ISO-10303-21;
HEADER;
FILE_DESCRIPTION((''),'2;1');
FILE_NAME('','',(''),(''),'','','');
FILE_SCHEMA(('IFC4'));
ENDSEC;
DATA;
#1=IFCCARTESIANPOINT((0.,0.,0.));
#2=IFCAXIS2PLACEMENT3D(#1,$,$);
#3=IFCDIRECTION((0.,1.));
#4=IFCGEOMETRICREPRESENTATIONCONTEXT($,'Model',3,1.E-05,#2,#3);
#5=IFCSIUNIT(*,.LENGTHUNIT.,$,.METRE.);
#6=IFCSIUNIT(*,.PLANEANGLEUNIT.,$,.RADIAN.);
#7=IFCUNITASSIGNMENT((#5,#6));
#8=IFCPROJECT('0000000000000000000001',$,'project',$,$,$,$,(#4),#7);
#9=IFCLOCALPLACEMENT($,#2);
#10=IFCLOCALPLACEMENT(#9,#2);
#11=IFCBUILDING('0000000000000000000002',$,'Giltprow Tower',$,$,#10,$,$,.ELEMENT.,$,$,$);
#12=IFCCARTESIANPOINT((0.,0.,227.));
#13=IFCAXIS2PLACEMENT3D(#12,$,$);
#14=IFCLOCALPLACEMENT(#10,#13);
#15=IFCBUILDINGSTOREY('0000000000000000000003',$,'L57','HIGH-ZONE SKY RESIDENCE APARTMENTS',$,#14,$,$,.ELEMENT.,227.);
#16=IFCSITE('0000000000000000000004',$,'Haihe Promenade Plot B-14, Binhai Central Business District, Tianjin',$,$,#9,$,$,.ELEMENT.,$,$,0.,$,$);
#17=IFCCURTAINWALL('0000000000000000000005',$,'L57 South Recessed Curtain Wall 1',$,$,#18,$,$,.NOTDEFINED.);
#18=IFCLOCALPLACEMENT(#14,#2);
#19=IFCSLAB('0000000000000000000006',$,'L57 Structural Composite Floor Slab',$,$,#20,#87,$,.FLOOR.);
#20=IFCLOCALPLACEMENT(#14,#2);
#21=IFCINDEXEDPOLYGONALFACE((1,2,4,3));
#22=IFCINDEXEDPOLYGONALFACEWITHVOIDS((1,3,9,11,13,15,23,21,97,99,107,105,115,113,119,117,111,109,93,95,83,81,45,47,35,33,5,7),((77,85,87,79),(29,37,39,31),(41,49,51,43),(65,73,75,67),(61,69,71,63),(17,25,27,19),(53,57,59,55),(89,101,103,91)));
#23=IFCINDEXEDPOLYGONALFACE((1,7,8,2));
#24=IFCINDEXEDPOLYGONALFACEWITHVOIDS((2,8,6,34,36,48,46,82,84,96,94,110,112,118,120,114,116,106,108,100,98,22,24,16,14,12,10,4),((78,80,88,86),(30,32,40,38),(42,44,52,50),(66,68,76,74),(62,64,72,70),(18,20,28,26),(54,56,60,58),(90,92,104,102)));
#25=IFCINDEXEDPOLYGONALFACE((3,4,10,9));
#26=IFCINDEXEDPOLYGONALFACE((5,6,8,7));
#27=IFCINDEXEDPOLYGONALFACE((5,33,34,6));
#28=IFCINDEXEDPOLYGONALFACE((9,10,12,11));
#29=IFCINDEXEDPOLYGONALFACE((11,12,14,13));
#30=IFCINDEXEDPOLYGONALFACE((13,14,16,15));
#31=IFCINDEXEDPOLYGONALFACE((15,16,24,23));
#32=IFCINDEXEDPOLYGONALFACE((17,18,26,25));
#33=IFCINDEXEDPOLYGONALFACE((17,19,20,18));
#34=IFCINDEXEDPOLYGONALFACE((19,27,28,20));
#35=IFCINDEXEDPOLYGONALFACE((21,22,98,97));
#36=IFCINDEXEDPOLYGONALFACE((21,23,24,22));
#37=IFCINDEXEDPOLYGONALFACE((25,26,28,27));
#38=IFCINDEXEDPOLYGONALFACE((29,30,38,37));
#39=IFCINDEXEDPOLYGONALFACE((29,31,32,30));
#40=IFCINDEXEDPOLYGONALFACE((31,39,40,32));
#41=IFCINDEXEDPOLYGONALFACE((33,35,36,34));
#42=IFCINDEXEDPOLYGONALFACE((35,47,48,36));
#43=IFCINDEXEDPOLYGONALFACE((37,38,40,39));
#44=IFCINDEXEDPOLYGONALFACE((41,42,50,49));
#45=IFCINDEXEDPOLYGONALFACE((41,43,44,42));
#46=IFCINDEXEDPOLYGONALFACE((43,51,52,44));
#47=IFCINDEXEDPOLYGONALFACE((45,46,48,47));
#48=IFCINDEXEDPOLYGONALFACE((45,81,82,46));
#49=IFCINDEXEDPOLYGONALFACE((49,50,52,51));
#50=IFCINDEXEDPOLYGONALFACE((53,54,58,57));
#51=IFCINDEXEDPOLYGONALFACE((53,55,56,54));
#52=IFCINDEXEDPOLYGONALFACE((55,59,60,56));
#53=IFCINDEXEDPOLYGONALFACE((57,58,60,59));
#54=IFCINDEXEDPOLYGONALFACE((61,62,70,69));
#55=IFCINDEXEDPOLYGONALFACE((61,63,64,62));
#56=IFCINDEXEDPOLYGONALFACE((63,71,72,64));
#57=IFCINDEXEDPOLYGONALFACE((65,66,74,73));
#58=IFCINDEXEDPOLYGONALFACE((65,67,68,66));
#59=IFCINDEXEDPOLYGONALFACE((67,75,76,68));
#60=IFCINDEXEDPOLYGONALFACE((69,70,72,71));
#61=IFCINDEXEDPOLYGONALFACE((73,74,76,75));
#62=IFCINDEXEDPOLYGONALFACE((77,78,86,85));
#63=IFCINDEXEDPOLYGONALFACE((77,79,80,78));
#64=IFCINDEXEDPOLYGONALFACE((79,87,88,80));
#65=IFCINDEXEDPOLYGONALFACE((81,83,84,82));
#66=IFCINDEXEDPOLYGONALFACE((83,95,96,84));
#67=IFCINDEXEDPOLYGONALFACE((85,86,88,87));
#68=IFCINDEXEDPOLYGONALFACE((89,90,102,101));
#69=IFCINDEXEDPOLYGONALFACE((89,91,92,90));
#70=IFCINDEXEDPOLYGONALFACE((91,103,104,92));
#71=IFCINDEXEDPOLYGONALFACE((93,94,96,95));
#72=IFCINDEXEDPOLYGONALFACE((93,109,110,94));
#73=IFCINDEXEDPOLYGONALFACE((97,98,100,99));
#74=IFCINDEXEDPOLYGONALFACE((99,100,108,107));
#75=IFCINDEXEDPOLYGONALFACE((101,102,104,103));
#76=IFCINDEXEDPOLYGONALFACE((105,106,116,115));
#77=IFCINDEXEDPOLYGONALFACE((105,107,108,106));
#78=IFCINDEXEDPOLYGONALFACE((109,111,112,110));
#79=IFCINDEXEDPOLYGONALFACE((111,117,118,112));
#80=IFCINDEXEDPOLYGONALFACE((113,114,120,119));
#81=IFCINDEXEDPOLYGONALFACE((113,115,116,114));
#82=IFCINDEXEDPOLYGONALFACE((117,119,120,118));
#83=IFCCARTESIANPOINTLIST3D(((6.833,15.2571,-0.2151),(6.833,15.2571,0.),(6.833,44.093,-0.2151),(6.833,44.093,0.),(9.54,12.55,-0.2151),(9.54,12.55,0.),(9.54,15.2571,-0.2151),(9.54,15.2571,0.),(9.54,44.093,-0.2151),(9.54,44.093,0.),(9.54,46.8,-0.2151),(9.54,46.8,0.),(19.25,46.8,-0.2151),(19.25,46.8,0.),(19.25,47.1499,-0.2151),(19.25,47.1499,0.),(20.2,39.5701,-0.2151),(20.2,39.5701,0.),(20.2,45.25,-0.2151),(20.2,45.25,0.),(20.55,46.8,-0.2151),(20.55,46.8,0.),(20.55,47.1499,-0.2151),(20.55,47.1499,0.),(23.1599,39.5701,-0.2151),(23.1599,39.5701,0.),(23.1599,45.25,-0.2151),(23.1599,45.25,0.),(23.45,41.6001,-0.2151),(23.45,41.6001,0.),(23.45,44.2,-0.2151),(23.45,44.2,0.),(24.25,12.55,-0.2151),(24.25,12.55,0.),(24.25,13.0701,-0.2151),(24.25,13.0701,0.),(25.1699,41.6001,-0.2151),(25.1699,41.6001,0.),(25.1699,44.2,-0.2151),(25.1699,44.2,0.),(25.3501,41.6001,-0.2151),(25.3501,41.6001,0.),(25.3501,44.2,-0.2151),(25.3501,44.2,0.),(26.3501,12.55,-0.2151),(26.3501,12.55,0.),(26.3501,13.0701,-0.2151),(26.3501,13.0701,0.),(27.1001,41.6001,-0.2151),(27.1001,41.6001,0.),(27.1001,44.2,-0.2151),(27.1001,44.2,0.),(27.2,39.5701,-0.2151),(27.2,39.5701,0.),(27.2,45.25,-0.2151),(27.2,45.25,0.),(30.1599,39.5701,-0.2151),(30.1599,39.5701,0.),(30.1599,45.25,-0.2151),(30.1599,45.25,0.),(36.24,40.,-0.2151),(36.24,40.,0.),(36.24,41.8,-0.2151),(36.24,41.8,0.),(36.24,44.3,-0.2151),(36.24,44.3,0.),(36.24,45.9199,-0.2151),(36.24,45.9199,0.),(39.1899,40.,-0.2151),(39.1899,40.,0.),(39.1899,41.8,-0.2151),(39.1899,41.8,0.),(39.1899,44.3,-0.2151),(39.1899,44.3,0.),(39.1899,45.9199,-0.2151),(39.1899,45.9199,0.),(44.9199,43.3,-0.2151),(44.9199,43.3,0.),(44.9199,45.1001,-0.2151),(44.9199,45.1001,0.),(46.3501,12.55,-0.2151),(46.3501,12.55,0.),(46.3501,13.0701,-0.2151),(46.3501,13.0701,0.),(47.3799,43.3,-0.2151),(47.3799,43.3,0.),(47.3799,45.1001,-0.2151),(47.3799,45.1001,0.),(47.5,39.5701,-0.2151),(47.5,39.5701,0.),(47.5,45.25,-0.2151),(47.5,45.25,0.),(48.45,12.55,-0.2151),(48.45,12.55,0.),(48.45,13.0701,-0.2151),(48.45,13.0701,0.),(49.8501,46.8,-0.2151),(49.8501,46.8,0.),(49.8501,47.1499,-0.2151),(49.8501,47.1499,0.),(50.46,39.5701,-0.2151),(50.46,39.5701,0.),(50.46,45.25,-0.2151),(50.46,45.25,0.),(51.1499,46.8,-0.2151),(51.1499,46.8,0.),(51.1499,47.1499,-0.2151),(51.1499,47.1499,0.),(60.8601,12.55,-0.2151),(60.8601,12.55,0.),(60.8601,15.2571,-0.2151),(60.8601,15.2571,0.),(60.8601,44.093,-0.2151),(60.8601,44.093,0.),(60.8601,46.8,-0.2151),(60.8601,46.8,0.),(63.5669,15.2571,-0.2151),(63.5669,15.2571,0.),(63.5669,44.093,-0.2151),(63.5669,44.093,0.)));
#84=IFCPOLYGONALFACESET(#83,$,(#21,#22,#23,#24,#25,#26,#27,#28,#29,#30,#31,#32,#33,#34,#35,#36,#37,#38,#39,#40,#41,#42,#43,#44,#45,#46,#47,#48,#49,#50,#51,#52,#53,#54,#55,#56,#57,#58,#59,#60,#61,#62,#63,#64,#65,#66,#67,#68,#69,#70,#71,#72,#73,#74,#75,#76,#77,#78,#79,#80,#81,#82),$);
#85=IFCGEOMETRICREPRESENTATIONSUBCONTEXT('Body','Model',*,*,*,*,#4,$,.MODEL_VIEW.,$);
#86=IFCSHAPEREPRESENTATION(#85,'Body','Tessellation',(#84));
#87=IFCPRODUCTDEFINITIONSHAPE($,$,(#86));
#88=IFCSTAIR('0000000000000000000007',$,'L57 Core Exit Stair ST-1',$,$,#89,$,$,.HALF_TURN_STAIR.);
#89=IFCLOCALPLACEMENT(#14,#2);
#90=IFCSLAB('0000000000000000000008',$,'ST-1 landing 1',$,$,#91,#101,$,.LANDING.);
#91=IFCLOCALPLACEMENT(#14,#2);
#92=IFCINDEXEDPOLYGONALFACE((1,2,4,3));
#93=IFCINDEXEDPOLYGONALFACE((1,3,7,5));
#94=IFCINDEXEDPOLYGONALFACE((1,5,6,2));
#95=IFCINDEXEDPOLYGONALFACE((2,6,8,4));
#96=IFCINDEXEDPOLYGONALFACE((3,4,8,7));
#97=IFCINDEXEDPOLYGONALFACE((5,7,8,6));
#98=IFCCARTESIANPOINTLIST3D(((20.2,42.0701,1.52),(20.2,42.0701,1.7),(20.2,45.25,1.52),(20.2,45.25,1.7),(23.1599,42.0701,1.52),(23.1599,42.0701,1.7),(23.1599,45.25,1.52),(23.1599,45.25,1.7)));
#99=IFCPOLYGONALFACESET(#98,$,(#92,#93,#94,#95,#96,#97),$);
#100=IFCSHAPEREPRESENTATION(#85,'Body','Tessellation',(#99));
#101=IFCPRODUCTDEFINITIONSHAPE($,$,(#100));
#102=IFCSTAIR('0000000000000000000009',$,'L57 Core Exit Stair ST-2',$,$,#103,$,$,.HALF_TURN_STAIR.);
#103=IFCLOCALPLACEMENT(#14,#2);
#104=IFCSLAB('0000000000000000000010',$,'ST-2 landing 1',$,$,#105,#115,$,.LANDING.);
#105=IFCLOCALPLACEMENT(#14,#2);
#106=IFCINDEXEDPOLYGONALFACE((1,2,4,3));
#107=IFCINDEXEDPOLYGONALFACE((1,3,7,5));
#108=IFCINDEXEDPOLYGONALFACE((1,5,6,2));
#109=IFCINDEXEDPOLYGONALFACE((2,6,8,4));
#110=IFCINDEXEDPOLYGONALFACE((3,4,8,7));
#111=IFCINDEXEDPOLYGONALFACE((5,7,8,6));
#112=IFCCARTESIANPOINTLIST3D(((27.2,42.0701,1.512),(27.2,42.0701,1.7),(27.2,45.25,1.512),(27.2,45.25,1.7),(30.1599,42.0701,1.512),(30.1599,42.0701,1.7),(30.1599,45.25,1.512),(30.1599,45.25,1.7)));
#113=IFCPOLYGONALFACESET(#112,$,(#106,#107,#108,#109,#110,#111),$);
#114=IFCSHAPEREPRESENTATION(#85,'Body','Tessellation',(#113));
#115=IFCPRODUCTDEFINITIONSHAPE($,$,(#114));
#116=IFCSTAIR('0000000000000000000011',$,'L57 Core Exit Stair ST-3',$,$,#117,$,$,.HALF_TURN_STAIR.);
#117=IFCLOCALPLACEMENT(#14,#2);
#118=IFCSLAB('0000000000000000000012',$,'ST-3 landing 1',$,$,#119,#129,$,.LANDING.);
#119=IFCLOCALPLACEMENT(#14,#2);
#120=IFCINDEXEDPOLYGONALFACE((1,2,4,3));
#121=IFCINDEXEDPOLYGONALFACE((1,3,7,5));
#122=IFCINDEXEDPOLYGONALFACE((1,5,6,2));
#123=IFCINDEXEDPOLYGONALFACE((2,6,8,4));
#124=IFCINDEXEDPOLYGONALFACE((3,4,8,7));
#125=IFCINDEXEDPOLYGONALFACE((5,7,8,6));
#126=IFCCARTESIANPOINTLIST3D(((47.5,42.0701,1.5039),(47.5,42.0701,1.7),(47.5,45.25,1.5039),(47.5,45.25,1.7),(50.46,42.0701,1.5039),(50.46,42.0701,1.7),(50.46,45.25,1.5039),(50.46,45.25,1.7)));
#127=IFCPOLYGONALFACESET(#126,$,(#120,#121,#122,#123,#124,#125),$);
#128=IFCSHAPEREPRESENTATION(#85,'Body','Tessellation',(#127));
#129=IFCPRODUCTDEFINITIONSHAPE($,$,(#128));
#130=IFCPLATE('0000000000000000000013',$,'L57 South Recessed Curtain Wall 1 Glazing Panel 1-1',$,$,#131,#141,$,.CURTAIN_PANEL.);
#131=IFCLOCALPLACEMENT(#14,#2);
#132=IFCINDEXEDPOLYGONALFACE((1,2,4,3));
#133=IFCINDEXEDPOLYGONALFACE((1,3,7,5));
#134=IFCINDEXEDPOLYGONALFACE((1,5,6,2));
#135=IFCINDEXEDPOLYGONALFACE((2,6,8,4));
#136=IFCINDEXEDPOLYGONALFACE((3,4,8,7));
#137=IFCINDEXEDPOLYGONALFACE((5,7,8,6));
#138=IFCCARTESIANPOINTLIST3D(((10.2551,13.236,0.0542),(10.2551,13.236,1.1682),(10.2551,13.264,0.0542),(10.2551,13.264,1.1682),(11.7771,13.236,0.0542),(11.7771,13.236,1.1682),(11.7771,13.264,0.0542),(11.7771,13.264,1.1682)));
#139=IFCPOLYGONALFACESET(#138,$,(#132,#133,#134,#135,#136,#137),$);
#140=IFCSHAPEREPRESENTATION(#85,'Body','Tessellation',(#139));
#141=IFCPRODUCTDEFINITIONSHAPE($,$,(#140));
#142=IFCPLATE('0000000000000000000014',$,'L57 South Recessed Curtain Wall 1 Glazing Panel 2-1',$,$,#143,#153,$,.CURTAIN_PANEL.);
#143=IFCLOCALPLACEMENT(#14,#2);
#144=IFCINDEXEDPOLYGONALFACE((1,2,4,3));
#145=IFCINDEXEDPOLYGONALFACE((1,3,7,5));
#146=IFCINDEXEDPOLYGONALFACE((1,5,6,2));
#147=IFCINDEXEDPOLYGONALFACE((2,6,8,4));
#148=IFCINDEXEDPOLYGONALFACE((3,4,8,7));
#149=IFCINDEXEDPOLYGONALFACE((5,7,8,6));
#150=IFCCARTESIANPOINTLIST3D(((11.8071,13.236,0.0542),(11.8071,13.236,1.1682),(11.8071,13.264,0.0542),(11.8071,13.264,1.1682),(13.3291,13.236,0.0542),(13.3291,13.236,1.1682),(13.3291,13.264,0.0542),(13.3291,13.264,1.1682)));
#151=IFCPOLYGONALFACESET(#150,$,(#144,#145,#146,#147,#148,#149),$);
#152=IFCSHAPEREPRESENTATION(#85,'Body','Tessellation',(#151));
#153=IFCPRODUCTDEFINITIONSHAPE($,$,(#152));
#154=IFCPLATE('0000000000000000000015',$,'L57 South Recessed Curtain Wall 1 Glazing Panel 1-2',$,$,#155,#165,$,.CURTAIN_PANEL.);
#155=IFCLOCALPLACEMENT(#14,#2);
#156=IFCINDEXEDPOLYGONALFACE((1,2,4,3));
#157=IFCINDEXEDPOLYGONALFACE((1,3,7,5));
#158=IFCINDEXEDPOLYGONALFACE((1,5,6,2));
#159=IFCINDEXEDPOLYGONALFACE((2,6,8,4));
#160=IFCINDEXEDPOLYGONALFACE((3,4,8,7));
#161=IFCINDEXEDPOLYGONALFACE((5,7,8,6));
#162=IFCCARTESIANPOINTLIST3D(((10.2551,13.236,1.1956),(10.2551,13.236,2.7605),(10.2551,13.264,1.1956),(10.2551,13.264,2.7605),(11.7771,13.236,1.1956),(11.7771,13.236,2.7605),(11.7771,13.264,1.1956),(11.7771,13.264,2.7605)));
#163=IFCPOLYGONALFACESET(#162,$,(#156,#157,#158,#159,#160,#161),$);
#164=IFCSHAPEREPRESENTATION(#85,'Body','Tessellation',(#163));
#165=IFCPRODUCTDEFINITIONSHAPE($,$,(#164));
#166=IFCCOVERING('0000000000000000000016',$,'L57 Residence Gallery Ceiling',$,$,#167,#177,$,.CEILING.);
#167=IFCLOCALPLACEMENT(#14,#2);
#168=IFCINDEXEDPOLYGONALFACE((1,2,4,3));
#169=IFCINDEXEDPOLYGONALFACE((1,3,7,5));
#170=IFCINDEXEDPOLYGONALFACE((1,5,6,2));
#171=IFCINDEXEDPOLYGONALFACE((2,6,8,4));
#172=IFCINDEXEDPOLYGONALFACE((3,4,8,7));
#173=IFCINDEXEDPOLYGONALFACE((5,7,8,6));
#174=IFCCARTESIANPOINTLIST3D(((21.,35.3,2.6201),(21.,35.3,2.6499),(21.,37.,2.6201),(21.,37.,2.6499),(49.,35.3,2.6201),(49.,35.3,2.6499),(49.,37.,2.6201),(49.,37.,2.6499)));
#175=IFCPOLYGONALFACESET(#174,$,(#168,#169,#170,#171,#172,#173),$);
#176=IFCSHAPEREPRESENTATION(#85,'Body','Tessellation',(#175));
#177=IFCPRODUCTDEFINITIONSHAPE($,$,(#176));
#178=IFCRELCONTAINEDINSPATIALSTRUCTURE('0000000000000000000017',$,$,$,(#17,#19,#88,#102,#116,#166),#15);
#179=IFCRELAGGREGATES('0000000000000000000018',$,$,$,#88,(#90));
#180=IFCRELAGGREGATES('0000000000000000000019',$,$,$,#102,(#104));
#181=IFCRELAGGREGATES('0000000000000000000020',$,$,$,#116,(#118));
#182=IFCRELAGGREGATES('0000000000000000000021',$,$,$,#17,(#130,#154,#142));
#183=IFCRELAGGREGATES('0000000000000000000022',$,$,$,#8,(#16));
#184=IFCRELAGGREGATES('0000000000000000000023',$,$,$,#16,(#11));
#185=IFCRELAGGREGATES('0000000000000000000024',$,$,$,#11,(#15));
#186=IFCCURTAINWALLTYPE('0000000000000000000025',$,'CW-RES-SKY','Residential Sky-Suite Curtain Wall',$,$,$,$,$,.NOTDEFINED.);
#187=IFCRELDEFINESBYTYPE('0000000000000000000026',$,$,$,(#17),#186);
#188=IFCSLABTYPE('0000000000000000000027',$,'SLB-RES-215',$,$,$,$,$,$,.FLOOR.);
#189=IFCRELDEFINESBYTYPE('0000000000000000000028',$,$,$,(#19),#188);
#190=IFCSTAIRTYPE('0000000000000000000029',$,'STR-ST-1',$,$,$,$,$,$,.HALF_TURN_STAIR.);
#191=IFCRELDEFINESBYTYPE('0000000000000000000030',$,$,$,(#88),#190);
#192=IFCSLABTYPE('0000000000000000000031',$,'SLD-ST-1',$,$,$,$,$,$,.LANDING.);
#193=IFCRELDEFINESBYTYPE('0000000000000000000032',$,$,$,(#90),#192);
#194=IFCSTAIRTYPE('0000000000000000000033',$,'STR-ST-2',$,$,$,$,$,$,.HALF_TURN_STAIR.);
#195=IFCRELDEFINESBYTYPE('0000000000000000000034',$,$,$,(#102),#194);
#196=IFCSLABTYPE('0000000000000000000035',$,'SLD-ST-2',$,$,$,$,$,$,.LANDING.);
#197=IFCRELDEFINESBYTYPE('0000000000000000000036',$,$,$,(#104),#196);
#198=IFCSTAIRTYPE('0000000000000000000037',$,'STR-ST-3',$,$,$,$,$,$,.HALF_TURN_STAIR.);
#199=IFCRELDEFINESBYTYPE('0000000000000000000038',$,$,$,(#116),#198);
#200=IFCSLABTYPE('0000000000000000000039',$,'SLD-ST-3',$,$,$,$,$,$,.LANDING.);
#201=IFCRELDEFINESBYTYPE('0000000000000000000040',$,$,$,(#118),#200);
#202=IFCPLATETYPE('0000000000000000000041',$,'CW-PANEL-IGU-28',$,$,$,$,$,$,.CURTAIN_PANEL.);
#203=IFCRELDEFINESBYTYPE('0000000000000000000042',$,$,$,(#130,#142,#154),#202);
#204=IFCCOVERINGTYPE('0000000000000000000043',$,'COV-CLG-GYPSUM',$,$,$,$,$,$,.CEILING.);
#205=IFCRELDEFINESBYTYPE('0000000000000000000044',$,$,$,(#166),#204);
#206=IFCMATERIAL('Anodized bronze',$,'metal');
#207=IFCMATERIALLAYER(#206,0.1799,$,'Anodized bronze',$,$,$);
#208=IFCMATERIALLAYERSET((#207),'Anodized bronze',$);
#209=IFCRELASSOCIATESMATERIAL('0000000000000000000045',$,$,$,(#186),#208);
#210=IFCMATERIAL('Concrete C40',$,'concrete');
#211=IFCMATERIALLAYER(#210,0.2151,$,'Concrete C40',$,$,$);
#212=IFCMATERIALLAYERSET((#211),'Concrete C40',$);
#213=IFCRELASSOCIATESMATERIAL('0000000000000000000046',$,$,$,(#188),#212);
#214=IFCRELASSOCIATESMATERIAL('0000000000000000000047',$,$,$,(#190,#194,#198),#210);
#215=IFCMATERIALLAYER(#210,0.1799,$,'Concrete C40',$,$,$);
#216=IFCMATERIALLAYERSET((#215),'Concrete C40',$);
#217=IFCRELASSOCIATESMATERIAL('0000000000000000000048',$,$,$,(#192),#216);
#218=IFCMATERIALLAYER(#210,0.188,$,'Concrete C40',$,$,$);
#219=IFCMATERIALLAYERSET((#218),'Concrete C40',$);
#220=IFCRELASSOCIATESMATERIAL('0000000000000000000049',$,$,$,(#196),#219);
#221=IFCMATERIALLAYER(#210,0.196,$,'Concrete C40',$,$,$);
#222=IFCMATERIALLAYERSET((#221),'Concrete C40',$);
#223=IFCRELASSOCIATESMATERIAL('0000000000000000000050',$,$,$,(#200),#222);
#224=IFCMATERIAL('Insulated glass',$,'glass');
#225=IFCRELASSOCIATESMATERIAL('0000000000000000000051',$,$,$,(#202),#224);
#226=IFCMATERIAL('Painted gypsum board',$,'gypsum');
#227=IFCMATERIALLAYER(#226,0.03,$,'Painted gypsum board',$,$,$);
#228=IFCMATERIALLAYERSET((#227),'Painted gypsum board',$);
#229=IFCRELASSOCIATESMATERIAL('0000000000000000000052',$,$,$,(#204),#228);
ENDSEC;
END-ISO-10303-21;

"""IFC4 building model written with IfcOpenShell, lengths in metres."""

from ifc_helpers import new_model, si_unit, direction, frame, origin, origin_2d, place, context, subcontext, project, spatial, polyline, rectangle, outline, extrude, source, transform, mapped, material, layer, layer_set, type_object, element, aggregate, save


model = new_model("IFC4")

# Units and contexts
model_context = context("Model", 3, precision=1e-05, world=origin(), true_north=direction((0.0, 1.0)))
body_context = subcontext(model_context, "Body", "Model", "MODEL_VIEW")
ifc_project = project(units=[si_unit("LENGTHUNIT", "METRE"), si_unit("PLANEANGLEUNIT", "RADIAN")], contexts=[model_context])

# Site, building, storey
site_placement = place(None, origin())
site = spatial("IfcSite", under=ifc_project, at=site_placement, Name="Haihe Promenade Plot B-14, Binhai Central Business District, Tianjin", CompositionType="ELEMENT", RefElevation=0.0)
building_placement = place(site_placement, origin())
building = spatial("IfcBuilding", under=site, at=building_placement, Name="Giltprow Tower", CompositionType="ELEMENT")
storey_placement = place(building_placement, frame((0.0, 0.0, 227.0)))
storey = spatial("IfcBuildingStorey", under=building, at=storey_placement, Name="L57", Description="HIGH-ZONE SKY RESIDENCE APARTMENTS", CompositionType="ELEMENT", Elevation=227.0)

# Curtain wall
ifc_material_1 = material(Name="Anodized bronze", Category="metal")
ifc_layer_1 = layer(ifc_material_1, 0.1799, Name="Anodized bronze")
ifc_layer_set_1 = layer_set([ifc_layer_1], Name="Anodized bronze")
curtain_wall_type = type_object("IfcCurtainWallType", Name="CW-RES-SKY", Description="Residential Sky-Suite Curtain Wall", PredefinedType="NOTDEFINED", material=ifc_layer_set_1)
curtain_wall_placement = place(storey_placement, origin())
curtain_wall = element("IfcCurtainWall", 1, at=curtain_wall_placement, inside=storey, type_object=curtain_wall_type, Name="L57 South Recessed Curtain Wall 1", PredefinedType="NOTDEFINED")

# Slab
ifc_material_2 = material(Name="Concrete C40", Category="concrete")
ifc_layer_2 = layer(ifc_material_2, 0.2151, Name="Concrete C40")
ifc_layer_set_2 = layer_set([ifc_layer_2], Name="Concrete C40")
slab_type_1 = type_object("IfcSlabType", Name="SLB-RES-215", PredefinedType="FLOOR", material=ifc_layer_set_2)
slab_1_placement = place(storey_placement, frame((0.0, 0.0, -0.2151)))
element("IfcSlab", 2, at=slab_1_placement, inside=storey, type_object=slab_type_1, Name="L57 Structural Composite Floor Slab", PredefinedType="FLOOR", context=body_context, shape_type="SweptSolid", body=[
    extrude(outline(polyline([(63.5669, 44.093), (63.5669, 15.2571), (60.8601, 15.2571), (60.8601, 12.55), (48.45, 12.55), (48.45, 13.0701), (46.3501, 13.0701), (46.3501, 12.55), (26.3501, 12.55), (26.3501, 13.0701), (24.25, 13.0701), (24.25, 12.55), (9.54, 12.55), (9.54, 15.2571), (6.833, 15.2571), (6.833, 44.093), (9.54, 44.093), (9.54, 46.8), (19.25, 46.8), (19.25, 47.1499), (20.55, 47.1499), (20.55, 46.8), (49.8501, 46.8), (49.8501, 47.1499), (51.1499, 47.1499), (51.1499, 46.8), (60.8601, 46.8), (60.8601, 44.093), (63.5669, 44.093)]), holes=[polyline([(39.1899, 41.8), (36.24, 41.8), (36.24, 40.0), (39.1899, 40.0), (39.1899, 41.8)]), polyline([(23.1599, 39.5701), (23.1599, 45.25), (20.2, 45.25), (20.2, 39.5701), (23.1599, 39.5701)]), polyline([(30.1599, 39.5701), (30.1599, 45.25), (27.2, 45.25), (27.2, 39.5701), (30.1599, 39.5701)]), polyline([(50.46, 45.25), (47.5, 45.25), (47.5, 39.5701), (50.46, 39.5701), (50.46, 45.25)]), polyline([(25.1699, 44.2), (23.45, 44.2), (23.45, 41.6001), (25.1699, 41.6001), (25.1699, 44.2)]), polyline([(27.1001, 44.2), (25.3501, 44.2), (25.3501, 41.6001), (27.1001, 41.6001), (27.1001, 44.2)]), polyline([(47.3799, 43.3), (47.3799, 45.1001), (44.9199, 45.1001), (44.9199, 43.3), (47.3799, 43.3)]), polyline([(39.1899, 44.3), (39.1899, 45.9199), (36.24, 45.9199), (36.24, 44.3), (39.1899, 44.3)])]), origin(), (0.0, 0.0, 1.0), 0.2151),
])

# Stairs, slabs
stair_type_1 = type_object("IfcStairType", Name="STR-ST-1", PredefinedType="HALF_TURN_STAIR", material=ifc_material_2)
stair_1_placement = place(storey_placement, origin())
stair_1 = element("IfcStair", 3, at=stair_1_placement, inside=storey, type_object=stair_type_1, Name="L57 Core Exit Stair ST-1", PredefinedType="HALF_TURN_STAIR")
ifc_layer_3 = layer(ifc_material_2, 0.1799, Name="Concrete C40")
ifc_layer_set_3 = layer_set([ifc_layer_3], Name="Concrete C40")
slab_type_2 = type_object("IfcSlabType", Name="SLD-ST-1", PredefinedType="LANDING", material=ifc_layer_set_3)
slab_2_placement = place(storey_placement, frame((0.0, 0.0, 1.52)))
slab_2 = element("IfcSlab", 4, at=slab_2_placement, type_object=slab_type_2, Name="ST-1 landing 1", PredefinedType="LANDING", context=body_context, shape_type="SweptSolid", body=[
    extrude(outline(polyline([(23.1599, 42.0701), (23.1599, 45.25), (20.2, 45.25), (20.2, 42.0701), (23.1599, 42.0701)])), origin(), (0.0, 0.0, 1.0), 0.1799),
])
aggregate(stair_1, [slab_2])
stair_type_2 = type_object("IfcStairType", Name="STR-ST-2", PredefinedType="HALF_TURN_STAIR", material=ifc_material_2)
stair_2_placement = place(storey_placement, origin())
stair_2 = element("IfcStair", 5, at=stair_2_placement, inside=storey, type_object=stair_type_2, Name="L57 Core Exit Stair ST-2", PredefinedType="HALF_TURN_STAIR")
ifc_layer_4 = layer(ifc_material_2, 0.188, Name="Concrete C40")
ifc_layer_set_4 = layer_set([ifc_layer_4], Name="Concrete C40")
slab_type_3 = type_object("IfcSlabType", Name="SLD-ST-2", PredefinedType="LANDING", material=ifc_layer_set_4)
slab_3_placement = place(storey_placement, frame((0.0, 0.0, 1.512)))
slab_3 = element("IfcSlab", 6, at=slab_3_placement, type_object=slab_type_3, Name="ST-2 landing 1", PredefinedType="LANDING", context=body_context, shape_type="SweptSolid", body=[
    extrude(outline(polyline([(30.1599, 42.0701), (30.1599, 45.25), (27.2, 45.25), (27.2, 42.0701), (30.1599, 42.0701)])), origin(), (0.0, 0.0, 1.0), 0.188),
])
aggregate(stair_2, [slab_3])
stair_type_3 = type_object("IfcStairType", Name="STR-ST-3", PredefinedType="HALF_TURN_STAIR", material=ifc_material_2)
stair_3_placement = place(storey_placement, origin())
stair_3 = element("IfcStair", 7, at=stair_3_placement, inside=storey, type_object=stair_type_3, Name="L57 Core Exit Stair ST-3", PredefinedType="HALF_TURN_STAIR")
ifc_layer_5 = layer(ifc_material_2, 0.196, Name="Concrete C40")
ifc_layer_set_5 = layer_set([ifc_layer_5], Name="Concrete C40")
slab_type_4 = type_object("IfcSlabType", Name="SLD-ST-3", PredefinedType="LANDING", material=ifc_layer_set_5)
slab_4_placement = place(storey_placement, frame((0.0, 0.0, 1.5039)))
slab_4 = element("IfcSlab", 8, at=slab_4_placement, type_object=slab_type_4, Name="ST-3 landing 1", PredefinedType="LANDING", context=body_context, shape_type="SweptSolid", body=[
    extrude(outline(polyline([(50.46, 42.0701), (50.46, 45.25), (47.5, 45.25), (47.5, 42.0701), (50.46, 42.0701)])), origin(), (0.0, 0.0, 1.0), 0.196),
])
aggregate(stair_3, [slab_4])

# Plates
ifc_material_3 = material(Name="Insulated glass", Category="glass")
plate_type = type_object("IfcPlateType", Name="CW-PANEL-IGU-28", PredefinedType="CURTAIN_PANEL", material=ifc_material_3)
shared_shape_1 = source(origin(), body_context, "Body", "SweptSolid", [
    extrude(rectangle(XDim=1.522, YDim=0.0281, at=origin_2d()), origin(), (0.0, 0.0, 1.0), 1.114),
])
plate_1_placement = place(storey_placement, frame((11.0161, 13.25, 0.0542), z_axis=(0.0, 0.0, 1.0), x_axis=(1.0, 0.0, 0.0)))
plate_1 = element("IfcPlate", 9, at=plate_1_placement, type_object=plate_type, Name="L57 South Recessed Curtain Wall 1 Glazing Panel 1-1", PredefinedType="CURTAIN_PANEL", context=body_context, shape_type="MappedRepresentation", body=[
    mapped(shared_shape_1, transform((0.0, 0.0, 0.0), x_axis=(1.0, 0.0, 0.0), y_axis=(0.0, 1.0, 0.0), z_axis=(0.0, 0.0, 1.0), scale=1.0)),
])
plate_2_placement = place(storey_placement, frame((12.5681, 13.25, 0.0542), z_axis=(0.0, 0.0, 1.0), x_axis=(1.0, 0.0, 0.0)))
plate_2 = element("IfcPlate", 10, at=plate_2_placement, type_object=plate_type, Name="L57 South Recessed Curtain Wall 1 Glazing Panel 2-1", PredefinedType="CURTAIN_PANEL", context=body_context, shape_type="MappedRepresentation", body=[
    mapped(shared_shape_1, transform((0.0, 0.0, 0.0), x_axis=(1.0, 0.0, 0.0), y_axis=(0.0, 1.0, 0.0), z_axis=(0.0, 0.0, 1.0), scale=1.0)),
])
shared_shape_2 = source(origin(), body_context, "Body", "SweptSolid", [
    extrude(rectangle(XDim=1.522, YDim=0.0281, at=origin_2d()), origin(), (0.0, 0.0, 1.0), 1.5649),
])
plate_3_placement = place(storey_placement, frame((11.0161, 13.25, 1.1956), z_axis=(0.0, 0.0, 1.0), x_axis=(1.0, 0.0, 0.0)))
plate_3 = element("IfcPlate", 11, at=plate_3_placement, type_object=plate_type, Name="L57 South Recessed Curtain Wall 1 Glazing Panel 1-2", PredefinedType="CURTAIN_PANEL", context=body_context, shape_type="MappedRepresentation", body=[
    mapped(shared_shape_2, transform((0.0, 0.0, 0.0), x_axis=(1.0, 0.0, 0.0), y_axis=(0.0, 1.0, 0.0), z_axis=(0.0, 0.0, 1.0), scale=1.0)),
])
aggregate(curtain_wall, [plate_1, plate_3, plate_2])

# Covering
ifc_material_4 = material(Name="Painted gypsum board", Category="gypsum")
ifc_layer_6 = layer(ifc_material_4, 0.03, Name="Painted gypsum board")
ifc_layer_set_6 = layer_set([ifc_layer_6], Name="Painted gypsum board")
covering_type_1 = type_object("IfcCoveringType", Name="COV-CLG-GYPSUM", PredefinedType="CEILING", material=ifc_layer_set_6)
covering_1_placement = place(storey_placement, frame((0.0, 0.0, 2.6201)))
element("IfcCovering", 12, at=covering_1_placement, inside=storey, type_object=covering_type_1, Name="L57 Residence Gallery Ceiling", PredefinedType="CEILING", context=body_context, shape_type="SweptSolid", body=[
    extrude(outline(polyline([(21.0, 35.3), (49.0, 35.3), (49.0, 37.0), (21.0, 37.0), (21.0, 35.3)])), origin(), (0.0, 0.0, 1.0), 0.0298),
])

save(model, "model.ifc")
